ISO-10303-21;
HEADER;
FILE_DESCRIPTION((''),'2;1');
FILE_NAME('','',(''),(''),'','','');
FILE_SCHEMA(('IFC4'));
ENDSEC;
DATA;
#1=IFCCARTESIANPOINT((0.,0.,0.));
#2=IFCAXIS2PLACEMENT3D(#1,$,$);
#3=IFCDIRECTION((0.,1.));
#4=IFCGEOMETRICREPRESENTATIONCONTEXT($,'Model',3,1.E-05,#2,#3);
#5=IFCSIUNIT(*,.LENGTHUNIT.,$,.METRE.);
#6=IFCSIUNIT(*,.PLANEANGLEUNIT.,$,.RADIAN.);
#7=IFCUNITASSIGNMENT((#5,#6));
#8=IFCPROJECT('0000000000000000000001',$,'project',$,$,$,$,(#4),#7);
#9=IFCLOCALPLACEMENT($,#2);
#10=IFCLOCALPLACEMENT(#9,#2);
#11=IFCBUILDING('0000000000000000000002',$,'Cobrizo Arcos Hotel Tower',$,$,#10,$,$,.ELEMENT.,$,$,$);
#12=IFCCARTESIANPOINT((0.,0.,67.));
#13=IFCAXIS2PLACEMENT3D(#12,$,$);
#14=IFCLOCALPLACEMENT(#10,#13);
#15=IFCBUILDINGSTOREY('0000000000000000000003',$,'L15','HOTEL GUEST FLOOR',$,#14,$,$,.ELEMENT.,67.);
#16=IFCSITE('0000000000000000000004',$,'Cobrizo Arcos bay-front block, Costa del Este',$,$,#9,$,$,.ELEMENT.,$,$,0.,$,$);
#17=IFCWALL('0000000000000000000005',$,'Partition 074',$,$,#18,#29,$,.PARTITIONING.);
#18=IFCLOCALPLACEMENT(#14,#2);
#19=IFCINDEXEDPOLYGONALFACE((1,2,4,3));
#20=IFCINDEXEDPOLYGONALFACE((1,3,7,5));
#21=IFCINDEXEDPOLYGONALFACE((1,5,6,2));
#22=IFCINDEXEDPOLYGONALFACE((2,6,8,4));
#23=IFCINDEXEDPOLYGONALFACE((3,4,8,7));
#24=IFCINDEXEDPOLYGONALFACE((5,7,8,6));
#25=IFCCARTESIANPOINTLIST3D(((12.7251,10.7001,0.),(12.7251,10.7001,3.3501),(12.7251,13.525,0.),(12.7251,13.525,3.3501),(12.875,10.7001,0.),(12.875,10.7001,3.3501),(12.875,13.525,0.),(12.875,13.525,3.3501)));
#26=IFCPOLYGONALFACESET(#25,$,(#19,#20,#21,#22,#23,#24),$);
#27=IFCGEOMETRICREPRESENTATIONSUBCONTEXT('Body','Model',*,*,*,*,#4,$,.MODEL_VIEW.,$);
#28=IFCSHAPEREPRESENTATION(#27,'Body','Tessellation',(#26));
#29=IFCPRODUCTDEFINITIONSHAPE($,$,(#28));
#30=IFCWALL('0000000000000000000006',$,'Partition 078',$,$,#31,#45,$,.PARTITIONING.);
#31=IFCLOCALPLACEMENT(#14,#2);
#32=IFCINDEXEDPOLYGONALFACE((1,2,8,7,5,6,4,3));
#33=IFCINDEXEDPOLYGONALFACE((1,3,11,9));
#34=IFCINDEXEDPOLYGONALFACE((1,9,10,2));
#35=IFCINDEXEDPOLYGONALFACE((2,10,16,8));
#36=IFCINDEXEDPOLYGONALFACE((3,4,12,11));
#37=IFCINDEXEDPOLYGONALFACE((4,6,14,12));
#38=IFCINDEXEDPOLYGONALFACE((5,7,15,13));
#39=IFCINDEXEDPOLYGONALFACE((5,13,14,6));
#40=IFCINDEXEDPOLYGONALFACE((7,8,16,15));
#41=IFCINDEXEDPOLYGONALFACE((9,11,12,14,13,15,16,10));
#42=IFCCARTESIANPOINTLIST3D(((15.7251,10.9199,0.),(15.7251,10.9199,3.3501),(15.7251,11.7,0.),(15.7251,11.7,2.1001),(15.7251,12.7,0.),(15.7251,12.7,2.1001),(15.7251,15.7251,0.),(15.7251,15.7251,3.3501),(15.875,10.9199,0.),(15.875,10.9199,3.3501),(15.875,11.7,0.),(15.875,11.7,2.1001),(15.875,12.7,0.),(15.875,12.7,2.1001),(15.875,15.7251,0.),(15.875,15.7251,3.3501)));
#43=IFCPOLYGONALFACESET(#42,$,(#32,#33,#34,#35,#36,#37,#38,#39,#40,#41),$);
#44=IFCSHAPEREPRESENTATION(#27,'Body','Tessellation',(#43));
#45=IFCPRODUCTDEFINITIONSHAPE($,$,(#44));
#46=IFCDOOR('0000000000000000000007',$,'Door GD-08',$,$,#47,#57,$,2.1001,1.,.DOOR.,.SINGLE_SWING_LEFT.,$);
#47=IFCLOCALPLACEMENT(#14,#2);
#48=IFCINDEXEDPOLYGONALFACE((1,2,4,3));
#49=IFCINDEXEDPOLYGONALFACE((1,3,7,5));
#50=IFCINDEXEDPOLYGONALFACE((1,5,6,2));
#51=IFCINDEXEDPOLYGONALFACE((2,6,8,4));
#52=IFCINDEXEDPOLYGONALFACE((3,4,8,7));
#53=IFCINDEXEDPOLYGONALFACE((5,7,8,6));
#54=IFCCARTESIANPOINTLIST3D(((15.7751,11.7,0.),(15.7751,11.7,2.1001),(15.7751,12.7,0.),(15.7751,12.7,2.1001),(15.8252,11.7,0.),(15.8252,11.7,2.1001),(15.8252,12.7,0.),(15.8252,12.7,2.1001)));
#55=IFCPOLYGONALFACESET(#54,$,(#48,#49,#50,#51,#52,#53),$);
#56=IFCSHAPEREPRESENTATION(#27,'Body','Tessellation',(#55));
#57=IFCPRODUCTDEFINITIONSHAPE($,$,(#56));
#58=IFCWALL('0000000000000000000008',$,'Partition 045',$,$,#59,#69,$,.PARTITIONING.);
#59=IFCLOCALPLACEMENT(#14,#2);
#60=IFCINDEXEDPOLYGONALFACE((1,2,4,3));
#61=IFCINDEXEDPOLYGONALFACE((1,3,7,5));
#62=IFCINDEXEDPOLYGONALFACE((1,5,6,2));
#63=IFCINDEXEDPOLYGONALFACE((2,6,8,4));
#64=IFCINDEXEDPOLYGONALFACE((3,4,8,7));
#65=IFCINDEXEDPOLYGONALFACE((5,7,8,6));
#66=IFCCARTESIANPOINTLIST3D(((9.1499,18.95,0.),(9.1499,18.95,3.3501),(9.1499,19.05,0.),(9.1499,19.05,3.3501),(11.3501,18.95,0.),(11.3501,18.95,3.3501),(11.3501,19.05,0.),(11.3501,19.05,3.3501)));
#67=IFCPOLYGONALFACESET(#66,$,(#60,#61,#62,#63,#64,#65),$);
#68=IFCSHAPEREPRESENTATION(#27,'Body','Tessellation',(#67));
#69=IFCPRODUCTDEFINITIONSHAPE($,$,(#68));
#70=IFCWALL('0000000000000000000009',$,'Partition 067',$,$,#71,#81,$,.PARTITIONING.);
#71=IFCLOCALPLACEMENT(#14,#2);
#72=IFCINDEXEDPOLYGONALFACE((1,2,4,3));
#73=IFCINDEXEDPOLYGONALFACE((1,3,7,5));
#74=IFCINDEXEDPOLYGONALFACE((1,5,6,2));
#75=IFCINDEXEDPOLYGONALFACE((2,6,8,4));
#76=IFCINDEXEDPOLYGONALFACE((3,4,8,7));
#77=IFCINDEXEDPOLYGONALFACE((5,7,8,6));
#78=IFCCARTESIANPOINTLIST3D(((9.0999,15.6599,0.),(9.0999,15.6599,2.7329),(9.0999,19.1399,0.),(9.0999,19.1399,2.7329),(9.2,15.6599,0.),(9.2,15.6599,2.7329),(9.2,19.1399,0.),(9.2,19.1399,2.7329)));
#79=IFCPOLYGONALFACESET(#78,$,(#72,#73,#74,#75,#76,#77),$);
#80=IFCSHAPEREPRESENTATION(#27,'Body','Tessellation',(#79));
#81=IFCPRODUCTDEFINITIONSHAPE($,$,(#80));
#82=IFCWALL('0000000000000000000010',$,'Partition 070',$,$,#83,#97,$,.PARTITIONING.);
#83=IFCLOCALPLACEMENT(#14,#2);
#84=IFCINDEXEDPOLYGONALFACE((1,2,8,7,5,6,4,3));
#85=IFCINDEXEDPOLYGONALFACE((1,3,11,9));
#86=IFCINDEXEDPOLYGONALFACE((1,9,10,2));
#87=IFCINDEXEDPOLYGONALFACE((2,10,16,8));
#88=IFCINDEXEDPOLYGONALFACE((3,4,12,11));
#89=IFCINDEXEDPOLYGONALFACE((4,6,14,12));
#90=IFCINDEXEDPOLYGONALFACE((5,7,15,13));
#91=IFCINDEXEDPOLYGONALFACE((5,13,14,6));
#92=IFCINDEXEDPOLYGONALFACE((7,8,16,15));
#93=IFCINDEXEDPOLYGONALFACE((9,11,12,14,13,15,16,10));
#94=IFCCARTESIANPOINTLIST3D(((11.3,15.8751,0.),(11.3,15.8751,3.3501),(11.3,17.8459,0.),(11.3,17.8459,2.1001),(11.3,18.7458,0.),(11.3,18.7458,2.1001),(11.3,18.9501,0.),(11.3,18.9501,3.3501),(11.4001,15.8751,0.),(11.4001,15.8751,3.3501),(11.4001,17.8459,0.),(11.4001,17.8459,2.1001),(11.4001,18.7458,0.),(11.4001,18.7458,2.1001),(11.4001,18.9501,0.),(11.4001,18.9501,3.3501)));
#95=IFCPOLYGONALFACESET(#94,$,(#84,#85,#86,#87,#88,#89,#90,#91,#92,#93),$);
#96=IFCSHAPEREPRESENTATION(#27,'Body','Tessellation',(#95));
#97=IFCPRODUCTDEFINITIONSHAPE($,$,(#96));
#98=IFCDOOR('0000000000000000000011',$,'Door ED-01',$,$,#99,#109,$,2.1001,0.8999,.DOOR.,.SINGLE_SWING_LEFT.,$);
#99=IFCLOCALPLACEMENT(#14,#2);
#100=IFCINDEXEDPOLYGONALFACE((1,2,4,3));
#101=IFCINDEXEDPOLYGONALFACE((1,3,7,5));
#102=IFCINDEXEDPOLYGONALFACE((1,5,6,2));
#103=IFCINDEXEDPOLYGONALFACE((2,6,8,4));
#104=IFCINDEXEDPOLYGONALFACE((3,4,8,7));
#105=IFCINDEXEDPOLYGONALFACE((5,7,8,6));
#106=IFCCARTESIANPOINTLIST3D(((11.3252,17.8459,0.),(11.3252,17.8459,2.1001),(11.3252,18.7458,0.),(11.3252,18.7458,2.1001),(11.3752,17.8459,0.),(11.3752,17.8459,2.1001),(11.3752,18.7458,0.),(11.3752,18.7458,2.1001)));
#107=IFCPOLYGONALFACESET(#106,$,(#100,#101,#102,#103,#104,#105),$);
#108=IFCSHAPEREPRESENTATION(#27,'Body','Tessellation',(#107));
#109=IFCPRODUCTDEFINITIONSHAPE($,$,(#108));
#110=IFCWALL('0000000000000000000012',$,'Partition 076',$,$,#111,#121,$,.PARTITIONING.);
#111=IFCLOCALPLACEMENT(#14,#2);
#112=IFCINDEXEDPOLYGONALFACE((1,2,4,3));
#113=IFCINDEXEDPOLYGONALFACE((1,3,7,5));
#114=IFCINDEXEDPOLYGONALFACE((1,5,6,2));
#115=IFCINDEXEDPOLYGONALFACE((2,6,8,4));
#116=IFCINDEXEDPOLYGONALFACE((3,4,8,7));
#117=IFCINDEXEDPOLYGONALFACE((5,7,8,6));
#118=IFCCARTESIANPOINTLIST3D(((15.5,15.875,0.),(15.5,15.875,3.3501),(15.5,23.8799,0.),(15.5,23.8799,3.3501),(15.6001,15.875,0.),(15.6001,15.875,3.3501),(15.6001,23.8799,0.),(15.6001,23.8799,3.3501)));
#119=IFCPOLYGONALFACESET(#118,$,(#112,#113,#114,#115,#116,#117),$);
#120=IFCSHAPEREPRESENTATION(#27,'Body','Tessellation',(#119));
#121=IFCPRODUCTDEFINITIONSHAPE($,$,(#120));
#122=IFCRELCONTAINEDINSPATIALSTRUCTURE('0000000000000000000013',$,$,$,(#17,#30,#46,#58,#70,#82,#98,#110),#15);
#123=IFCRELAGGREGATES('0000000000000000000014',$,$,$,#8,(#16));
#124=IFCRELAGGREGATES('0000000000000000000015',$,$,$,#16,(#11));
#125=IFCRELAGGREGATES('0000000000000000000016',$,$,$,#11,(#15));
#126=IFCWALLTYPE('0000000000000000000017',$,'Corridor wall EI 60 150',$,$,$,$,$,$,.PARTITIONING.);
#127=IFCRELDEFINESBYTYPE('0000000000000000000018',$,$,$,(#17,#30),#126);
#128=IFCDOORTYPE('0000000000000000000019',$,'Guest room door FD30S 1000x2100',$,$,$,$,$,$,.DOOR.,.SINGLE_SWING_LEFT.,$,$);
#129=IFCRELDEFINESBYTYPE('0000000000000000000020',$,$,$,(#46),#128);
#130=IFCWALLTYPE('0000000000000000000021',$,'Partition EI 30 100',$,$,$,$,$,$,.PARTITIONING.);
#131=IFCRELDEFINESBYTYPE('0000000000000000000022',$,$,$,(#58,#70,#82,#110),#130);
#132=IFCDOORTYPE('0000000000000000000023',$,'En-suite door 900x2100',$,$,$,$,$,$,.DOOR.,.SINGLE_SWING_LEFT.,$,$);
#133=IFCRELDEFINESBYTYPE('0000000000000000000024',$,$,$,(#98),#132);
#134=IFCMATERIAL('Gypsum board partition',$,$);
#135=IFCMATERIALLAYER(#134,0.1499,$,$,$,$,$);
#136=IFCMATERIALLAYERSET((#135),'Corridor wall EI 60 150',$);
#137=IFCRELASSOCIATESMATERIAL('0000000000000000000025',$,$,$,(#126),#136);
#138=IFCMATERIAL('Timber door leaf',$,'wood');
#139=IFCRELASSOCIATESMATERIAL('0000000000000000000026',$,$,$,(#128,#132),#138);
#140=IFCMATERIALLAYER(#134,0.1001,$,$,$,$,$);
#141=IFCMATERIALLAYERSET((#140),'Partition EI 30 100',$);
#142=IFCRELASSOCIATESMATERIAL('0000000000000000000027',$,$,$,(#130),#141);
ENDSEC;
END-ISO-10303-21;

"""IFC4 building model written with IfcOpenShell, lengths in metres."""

from ifc_helpers import new_model, si_unit, direction, frame, frame_2d, origin, place, context, subcontext, project, spatial, rectangle, extrude, material, layer, layer_set, type_object, element, fill, save


model = new_model("IFC4")

# Units and contexts
model_context = context("Model", 3, precision=1e-05, world=origin(), true_north=direction((0.0, 1.0)))
body_context = subcontext(model_context, "Body", "Model", "MODEL_VIEW")
ifc_project = project(units=[si_unit("LENGTHUNIT", "METRE"), si_unit("PLANEANGLEUNIT", "RADIAN")], contexts=[model_context])

# Site, building, storey
site_placement = place(None, origin())
site = spatial("IfcSite", under=ifc_project, at=site_placement, Name="Cobrizo Arcos bay-front block, Costa del Este", CompositionType="ELEMENT", RefElevation=0.0)
building_placement = place(site_placement, origin())
building = spatial("IfcBuilding", under=site, at=building_placement, Name="Cobrizo Arcos Hotel Tower", CompositionType="ELEMENT")
storey_placement = place(building_placement, frame((0.0, 0.0, 67.0)))
storey = spatial("IfcBuildingStorey", under=building, at=storey_placement, Name="L15", Description="HOTEL GUEST FLOOR", CompositionType="ELEMENT", Elevation=67.0)

# Shared definitions
ifc_material_1 = material(Name="Gypsum board partition")
ifc_layer_1 = layer(ifc_material_1, 0.1499)
ifc_layer_set_1 = layer_set([ifc_layer_1], Name="Corridor wall EI 60 150")
wall_type_1 = type_object("IfcWallType", Name="Corridor wall EI 60 150", PredefinedType="PARTITIONING", material=ifc_layer_set_1)

# Shared definitions
ifc_material_2 = material(Name="Timber door leaf", Category="wood")
door_type_1 = type_object("IfcDoorType", Name="Guest room door FD30S 1000x2100", OperationType="SINGLE_SWING_LEFT", PredefinedType="DOOR", material=ifc_material_2)

# Wall
wall_1_placement = place(storey_placement, frame((12.8, 10.7, 0.0), z_axis=(0.0, 0.0, 1.0), x_axis=(0.0, 1.0, 0.0)))
element("IfcWall", 1, at=wall_1_placement, inside=storey, type_object=wall_type_1, Name="Partition 074", PredefinedType="PARTITIONING", context=body_context, shape_type="SweptSolid", body=[
    extrude(rectangle(XDim=2.825, YDim=0.1499, at=frame_2d((1.4126, 0.0))), origin(), (0.0, 0.0, 1.0), 3.3501),
])

# Wall, opening, door
wall_2_placement = place(storey_placement, frame((15.8, 10.9199, 0.0), z_axis=(0.0, 0.0, 1.0), x_axis=(0.0, 1.0, 0.0)))
wall_2 = element("IfcWall", 2, at=wall_2_placement, inside=storey, type_object=wall_type_1, Name="Partition 078", PredefinedType="PARTITIONING", context=body_context, shape_type="SweptSolid", body=[
    extrude(rectangle(XDim=4.8052, YDim=0.1499, at=frame_2d((2.4026, 0.0))), origin(), (0.0, 0.0, 1.0), 3.3501),
])
opening_1_placement = place(wall_2_placement, frame((0.78, 0.0, 0.0)))
opening_1 = element("IfcOpeningElement", 3, at=opening_1_placement, cuts=wall_2, PredefinedType="OPENING", context=body_context, shape_type="SweptSolid", body=[
    extrude(rectangle(XDim=1.0, YDim=2.1001, at=frame_2d((0.5, 1.05))), frame((0.0, 0.0869, 0.0), z_axis=(0.0, -1.0, 0.0), x_axis=(1.0, 0.0, 0.0)), (0.0, 0.0, 1.0), 0.1738),
])
door_1_placement = place(opening_1_placement, origin())
door_1 = element("IfcDoor", 4, at=door_1_placement, inside=storey, type_object=door_type_1, Name="Door GD-08", OperationType="SINGLE_SWING_LEFT", OverallHeight=2.1001, OverallWidth=1.0, PredefinedType="DOOR", context=body_context, shape_type="SweptSolid", body=[
    extrude(rectangle(XDim=1.0, YDim=2.1001, at=frame_2d((0.5, 1.05))), frame((0.0, 0.0249, 0.0), z_axis=(0.0, -1.0, 0.0), x_axis=(1.0, 0.0, 0.0)), (0.0, 0.0, 1.0), 0.05),
])
fill(opening_1, door_1)

# Walls
ifc_layer_2 = layer(ifc_material_1, 0.1001)
ifc_layer_set_2 = layer_set([ifc_layer_2], Name="Partition EI 30 100")
wall_type_2 = type_object("IfcWallType", Name="Partition EI 30 100", PredefinedType="PARTITIONING", material=ifc_layer_set_2)
wall_3_placement = place(storey_placement, frame((9.1499, 19.0, 0.0), z_axis=(0.0, 0.0, 1.0), x_axis=(1.0, 0.0, 0.0)))
element("IfcWall", 5, at=wall_3_placement, inside=storey, type_object=wall_type_2, Name="Partition 045", PredefinedType="PARTITIONING", context=body_context, shape_type="SweptSolid", body=[
    extrude(rectangle(XDim=2.2002, YDim=0.1001, at=frame_2d((1.1001, 0.0))), origin(), (0.0, 0.0, 1.0), 3.3501),
])
wall_4_placement = place(storey_placement, frame((9.1499, 15.6599, 0.0), z_axis=(0.0, 0.0, 1.0), x_axis=(0.0, 1.0, 0.0)))
element("IfcWall", 6, at=wall_4_placement, inside=storey, type_object=wall_type_2, Name="Partition 067", PredefinedType="PARTITIONING", context=body_context, shape_type="SweptSolid", body=[
    extrude(rectangle(XDim=3.48, YDim=0.1001, at=frame_2d((1.74, 0.0))), origin(), (0.0, 0.0, 1.0), 2.7329),
])

# Wall, opening, door
wall_5_placement = place(storey_placement, frame((11.3501, 15.875, 0.0), z_axis=(0.0, 0.0, 1.0), x_axis=(0.0, 1.0, 0.0)))
wall_5 = element("IfcWall", 7, at=wall_5_placement, inside=storey, type_object=wall_type_2, Name="Partition 070", PredefinedType="PARTITIONING", context=body_context, shape_type="SweptSolid", body=[
    extrude(rectangle(XDim=3.075, YDim=0.1001, at=frame_2d((1.5376, 0.0))), origin(), (0.0, 0.0, 1.0), 3.3501),
])
opening_2_placement = place(wall_5_placement, frame((1.9709, 0.0, 0.0)))
opening_2 = element("IfcOpeningElement", 8, at=opening_2_placement, cuts=wall_5, PredefinedType="OPENING", context=body_context, shape_type="SweptSolid", body=[
    extrude(rectangle(XDim=0.8999, YDim=2.1001, at=frame_2d((0.45, 1.05))), frame((0.0, 0.062, 0.0), z_axis=(0.0, -1.0, 0.0), x_axis=(1.0, 0.0, 0.0)), (0.0, 0.0, 1.0), 0.124),
])
door_type_2 = type_object("IfcDoorType", Name="En-suite door 900x2100", OperationType="SINGLE_SWING_LEFT", PredefinedType="DOOR", material=ifc_material_2)
door_2_placement = place(opening_2_placement, origin())
door_2 = element("IfcDoor", 9, at=door_2_placement, inside=storey, type_object=door_type_2, Name="Door ED-01", OperationType="SINGLE_SWING_LEFT", OverallHeight=2.1001, OverallWidth=0.8999, PredefinedType="DOOR", context=body_context, shape_type="SweptSolid", body=[
    extrude(rectangle(XDim=0.8999, YDim=2.1001, at=frame_2d((0.45, 1.05))), frame((0.0, 0.0249, 0.0), z_axis=(0.0, -1.0, 0.0), x_axis=(1.0, 0.0, 0.0)), (0.0, 0.0, 1.0), 0.05),
])
fill(opening_2, door_2)

# Wall
wall_6_placement = place(storey_placement, frame((15.55, 15.875, 0.0), z_axis=(0.0, 0.0, 1.0), x_axis=(0.0, 1.0, 0.0)))
element("IfcWall", 10, at=wall_6_placement, inside=storey, type_object=wall_type_2, Name="Partition 076", PredefinedType="PARTITIONING", context=body_context, shape_type="SweptSolid", body=[
    extrude(rectangle(XDim=8.0049, YDim=0.1001, at=frame_2d((4.0024, 0.0))), origin(), (0.0, 0.0, 1.0), 3.3501),
])

save(model, "model.ifc")
